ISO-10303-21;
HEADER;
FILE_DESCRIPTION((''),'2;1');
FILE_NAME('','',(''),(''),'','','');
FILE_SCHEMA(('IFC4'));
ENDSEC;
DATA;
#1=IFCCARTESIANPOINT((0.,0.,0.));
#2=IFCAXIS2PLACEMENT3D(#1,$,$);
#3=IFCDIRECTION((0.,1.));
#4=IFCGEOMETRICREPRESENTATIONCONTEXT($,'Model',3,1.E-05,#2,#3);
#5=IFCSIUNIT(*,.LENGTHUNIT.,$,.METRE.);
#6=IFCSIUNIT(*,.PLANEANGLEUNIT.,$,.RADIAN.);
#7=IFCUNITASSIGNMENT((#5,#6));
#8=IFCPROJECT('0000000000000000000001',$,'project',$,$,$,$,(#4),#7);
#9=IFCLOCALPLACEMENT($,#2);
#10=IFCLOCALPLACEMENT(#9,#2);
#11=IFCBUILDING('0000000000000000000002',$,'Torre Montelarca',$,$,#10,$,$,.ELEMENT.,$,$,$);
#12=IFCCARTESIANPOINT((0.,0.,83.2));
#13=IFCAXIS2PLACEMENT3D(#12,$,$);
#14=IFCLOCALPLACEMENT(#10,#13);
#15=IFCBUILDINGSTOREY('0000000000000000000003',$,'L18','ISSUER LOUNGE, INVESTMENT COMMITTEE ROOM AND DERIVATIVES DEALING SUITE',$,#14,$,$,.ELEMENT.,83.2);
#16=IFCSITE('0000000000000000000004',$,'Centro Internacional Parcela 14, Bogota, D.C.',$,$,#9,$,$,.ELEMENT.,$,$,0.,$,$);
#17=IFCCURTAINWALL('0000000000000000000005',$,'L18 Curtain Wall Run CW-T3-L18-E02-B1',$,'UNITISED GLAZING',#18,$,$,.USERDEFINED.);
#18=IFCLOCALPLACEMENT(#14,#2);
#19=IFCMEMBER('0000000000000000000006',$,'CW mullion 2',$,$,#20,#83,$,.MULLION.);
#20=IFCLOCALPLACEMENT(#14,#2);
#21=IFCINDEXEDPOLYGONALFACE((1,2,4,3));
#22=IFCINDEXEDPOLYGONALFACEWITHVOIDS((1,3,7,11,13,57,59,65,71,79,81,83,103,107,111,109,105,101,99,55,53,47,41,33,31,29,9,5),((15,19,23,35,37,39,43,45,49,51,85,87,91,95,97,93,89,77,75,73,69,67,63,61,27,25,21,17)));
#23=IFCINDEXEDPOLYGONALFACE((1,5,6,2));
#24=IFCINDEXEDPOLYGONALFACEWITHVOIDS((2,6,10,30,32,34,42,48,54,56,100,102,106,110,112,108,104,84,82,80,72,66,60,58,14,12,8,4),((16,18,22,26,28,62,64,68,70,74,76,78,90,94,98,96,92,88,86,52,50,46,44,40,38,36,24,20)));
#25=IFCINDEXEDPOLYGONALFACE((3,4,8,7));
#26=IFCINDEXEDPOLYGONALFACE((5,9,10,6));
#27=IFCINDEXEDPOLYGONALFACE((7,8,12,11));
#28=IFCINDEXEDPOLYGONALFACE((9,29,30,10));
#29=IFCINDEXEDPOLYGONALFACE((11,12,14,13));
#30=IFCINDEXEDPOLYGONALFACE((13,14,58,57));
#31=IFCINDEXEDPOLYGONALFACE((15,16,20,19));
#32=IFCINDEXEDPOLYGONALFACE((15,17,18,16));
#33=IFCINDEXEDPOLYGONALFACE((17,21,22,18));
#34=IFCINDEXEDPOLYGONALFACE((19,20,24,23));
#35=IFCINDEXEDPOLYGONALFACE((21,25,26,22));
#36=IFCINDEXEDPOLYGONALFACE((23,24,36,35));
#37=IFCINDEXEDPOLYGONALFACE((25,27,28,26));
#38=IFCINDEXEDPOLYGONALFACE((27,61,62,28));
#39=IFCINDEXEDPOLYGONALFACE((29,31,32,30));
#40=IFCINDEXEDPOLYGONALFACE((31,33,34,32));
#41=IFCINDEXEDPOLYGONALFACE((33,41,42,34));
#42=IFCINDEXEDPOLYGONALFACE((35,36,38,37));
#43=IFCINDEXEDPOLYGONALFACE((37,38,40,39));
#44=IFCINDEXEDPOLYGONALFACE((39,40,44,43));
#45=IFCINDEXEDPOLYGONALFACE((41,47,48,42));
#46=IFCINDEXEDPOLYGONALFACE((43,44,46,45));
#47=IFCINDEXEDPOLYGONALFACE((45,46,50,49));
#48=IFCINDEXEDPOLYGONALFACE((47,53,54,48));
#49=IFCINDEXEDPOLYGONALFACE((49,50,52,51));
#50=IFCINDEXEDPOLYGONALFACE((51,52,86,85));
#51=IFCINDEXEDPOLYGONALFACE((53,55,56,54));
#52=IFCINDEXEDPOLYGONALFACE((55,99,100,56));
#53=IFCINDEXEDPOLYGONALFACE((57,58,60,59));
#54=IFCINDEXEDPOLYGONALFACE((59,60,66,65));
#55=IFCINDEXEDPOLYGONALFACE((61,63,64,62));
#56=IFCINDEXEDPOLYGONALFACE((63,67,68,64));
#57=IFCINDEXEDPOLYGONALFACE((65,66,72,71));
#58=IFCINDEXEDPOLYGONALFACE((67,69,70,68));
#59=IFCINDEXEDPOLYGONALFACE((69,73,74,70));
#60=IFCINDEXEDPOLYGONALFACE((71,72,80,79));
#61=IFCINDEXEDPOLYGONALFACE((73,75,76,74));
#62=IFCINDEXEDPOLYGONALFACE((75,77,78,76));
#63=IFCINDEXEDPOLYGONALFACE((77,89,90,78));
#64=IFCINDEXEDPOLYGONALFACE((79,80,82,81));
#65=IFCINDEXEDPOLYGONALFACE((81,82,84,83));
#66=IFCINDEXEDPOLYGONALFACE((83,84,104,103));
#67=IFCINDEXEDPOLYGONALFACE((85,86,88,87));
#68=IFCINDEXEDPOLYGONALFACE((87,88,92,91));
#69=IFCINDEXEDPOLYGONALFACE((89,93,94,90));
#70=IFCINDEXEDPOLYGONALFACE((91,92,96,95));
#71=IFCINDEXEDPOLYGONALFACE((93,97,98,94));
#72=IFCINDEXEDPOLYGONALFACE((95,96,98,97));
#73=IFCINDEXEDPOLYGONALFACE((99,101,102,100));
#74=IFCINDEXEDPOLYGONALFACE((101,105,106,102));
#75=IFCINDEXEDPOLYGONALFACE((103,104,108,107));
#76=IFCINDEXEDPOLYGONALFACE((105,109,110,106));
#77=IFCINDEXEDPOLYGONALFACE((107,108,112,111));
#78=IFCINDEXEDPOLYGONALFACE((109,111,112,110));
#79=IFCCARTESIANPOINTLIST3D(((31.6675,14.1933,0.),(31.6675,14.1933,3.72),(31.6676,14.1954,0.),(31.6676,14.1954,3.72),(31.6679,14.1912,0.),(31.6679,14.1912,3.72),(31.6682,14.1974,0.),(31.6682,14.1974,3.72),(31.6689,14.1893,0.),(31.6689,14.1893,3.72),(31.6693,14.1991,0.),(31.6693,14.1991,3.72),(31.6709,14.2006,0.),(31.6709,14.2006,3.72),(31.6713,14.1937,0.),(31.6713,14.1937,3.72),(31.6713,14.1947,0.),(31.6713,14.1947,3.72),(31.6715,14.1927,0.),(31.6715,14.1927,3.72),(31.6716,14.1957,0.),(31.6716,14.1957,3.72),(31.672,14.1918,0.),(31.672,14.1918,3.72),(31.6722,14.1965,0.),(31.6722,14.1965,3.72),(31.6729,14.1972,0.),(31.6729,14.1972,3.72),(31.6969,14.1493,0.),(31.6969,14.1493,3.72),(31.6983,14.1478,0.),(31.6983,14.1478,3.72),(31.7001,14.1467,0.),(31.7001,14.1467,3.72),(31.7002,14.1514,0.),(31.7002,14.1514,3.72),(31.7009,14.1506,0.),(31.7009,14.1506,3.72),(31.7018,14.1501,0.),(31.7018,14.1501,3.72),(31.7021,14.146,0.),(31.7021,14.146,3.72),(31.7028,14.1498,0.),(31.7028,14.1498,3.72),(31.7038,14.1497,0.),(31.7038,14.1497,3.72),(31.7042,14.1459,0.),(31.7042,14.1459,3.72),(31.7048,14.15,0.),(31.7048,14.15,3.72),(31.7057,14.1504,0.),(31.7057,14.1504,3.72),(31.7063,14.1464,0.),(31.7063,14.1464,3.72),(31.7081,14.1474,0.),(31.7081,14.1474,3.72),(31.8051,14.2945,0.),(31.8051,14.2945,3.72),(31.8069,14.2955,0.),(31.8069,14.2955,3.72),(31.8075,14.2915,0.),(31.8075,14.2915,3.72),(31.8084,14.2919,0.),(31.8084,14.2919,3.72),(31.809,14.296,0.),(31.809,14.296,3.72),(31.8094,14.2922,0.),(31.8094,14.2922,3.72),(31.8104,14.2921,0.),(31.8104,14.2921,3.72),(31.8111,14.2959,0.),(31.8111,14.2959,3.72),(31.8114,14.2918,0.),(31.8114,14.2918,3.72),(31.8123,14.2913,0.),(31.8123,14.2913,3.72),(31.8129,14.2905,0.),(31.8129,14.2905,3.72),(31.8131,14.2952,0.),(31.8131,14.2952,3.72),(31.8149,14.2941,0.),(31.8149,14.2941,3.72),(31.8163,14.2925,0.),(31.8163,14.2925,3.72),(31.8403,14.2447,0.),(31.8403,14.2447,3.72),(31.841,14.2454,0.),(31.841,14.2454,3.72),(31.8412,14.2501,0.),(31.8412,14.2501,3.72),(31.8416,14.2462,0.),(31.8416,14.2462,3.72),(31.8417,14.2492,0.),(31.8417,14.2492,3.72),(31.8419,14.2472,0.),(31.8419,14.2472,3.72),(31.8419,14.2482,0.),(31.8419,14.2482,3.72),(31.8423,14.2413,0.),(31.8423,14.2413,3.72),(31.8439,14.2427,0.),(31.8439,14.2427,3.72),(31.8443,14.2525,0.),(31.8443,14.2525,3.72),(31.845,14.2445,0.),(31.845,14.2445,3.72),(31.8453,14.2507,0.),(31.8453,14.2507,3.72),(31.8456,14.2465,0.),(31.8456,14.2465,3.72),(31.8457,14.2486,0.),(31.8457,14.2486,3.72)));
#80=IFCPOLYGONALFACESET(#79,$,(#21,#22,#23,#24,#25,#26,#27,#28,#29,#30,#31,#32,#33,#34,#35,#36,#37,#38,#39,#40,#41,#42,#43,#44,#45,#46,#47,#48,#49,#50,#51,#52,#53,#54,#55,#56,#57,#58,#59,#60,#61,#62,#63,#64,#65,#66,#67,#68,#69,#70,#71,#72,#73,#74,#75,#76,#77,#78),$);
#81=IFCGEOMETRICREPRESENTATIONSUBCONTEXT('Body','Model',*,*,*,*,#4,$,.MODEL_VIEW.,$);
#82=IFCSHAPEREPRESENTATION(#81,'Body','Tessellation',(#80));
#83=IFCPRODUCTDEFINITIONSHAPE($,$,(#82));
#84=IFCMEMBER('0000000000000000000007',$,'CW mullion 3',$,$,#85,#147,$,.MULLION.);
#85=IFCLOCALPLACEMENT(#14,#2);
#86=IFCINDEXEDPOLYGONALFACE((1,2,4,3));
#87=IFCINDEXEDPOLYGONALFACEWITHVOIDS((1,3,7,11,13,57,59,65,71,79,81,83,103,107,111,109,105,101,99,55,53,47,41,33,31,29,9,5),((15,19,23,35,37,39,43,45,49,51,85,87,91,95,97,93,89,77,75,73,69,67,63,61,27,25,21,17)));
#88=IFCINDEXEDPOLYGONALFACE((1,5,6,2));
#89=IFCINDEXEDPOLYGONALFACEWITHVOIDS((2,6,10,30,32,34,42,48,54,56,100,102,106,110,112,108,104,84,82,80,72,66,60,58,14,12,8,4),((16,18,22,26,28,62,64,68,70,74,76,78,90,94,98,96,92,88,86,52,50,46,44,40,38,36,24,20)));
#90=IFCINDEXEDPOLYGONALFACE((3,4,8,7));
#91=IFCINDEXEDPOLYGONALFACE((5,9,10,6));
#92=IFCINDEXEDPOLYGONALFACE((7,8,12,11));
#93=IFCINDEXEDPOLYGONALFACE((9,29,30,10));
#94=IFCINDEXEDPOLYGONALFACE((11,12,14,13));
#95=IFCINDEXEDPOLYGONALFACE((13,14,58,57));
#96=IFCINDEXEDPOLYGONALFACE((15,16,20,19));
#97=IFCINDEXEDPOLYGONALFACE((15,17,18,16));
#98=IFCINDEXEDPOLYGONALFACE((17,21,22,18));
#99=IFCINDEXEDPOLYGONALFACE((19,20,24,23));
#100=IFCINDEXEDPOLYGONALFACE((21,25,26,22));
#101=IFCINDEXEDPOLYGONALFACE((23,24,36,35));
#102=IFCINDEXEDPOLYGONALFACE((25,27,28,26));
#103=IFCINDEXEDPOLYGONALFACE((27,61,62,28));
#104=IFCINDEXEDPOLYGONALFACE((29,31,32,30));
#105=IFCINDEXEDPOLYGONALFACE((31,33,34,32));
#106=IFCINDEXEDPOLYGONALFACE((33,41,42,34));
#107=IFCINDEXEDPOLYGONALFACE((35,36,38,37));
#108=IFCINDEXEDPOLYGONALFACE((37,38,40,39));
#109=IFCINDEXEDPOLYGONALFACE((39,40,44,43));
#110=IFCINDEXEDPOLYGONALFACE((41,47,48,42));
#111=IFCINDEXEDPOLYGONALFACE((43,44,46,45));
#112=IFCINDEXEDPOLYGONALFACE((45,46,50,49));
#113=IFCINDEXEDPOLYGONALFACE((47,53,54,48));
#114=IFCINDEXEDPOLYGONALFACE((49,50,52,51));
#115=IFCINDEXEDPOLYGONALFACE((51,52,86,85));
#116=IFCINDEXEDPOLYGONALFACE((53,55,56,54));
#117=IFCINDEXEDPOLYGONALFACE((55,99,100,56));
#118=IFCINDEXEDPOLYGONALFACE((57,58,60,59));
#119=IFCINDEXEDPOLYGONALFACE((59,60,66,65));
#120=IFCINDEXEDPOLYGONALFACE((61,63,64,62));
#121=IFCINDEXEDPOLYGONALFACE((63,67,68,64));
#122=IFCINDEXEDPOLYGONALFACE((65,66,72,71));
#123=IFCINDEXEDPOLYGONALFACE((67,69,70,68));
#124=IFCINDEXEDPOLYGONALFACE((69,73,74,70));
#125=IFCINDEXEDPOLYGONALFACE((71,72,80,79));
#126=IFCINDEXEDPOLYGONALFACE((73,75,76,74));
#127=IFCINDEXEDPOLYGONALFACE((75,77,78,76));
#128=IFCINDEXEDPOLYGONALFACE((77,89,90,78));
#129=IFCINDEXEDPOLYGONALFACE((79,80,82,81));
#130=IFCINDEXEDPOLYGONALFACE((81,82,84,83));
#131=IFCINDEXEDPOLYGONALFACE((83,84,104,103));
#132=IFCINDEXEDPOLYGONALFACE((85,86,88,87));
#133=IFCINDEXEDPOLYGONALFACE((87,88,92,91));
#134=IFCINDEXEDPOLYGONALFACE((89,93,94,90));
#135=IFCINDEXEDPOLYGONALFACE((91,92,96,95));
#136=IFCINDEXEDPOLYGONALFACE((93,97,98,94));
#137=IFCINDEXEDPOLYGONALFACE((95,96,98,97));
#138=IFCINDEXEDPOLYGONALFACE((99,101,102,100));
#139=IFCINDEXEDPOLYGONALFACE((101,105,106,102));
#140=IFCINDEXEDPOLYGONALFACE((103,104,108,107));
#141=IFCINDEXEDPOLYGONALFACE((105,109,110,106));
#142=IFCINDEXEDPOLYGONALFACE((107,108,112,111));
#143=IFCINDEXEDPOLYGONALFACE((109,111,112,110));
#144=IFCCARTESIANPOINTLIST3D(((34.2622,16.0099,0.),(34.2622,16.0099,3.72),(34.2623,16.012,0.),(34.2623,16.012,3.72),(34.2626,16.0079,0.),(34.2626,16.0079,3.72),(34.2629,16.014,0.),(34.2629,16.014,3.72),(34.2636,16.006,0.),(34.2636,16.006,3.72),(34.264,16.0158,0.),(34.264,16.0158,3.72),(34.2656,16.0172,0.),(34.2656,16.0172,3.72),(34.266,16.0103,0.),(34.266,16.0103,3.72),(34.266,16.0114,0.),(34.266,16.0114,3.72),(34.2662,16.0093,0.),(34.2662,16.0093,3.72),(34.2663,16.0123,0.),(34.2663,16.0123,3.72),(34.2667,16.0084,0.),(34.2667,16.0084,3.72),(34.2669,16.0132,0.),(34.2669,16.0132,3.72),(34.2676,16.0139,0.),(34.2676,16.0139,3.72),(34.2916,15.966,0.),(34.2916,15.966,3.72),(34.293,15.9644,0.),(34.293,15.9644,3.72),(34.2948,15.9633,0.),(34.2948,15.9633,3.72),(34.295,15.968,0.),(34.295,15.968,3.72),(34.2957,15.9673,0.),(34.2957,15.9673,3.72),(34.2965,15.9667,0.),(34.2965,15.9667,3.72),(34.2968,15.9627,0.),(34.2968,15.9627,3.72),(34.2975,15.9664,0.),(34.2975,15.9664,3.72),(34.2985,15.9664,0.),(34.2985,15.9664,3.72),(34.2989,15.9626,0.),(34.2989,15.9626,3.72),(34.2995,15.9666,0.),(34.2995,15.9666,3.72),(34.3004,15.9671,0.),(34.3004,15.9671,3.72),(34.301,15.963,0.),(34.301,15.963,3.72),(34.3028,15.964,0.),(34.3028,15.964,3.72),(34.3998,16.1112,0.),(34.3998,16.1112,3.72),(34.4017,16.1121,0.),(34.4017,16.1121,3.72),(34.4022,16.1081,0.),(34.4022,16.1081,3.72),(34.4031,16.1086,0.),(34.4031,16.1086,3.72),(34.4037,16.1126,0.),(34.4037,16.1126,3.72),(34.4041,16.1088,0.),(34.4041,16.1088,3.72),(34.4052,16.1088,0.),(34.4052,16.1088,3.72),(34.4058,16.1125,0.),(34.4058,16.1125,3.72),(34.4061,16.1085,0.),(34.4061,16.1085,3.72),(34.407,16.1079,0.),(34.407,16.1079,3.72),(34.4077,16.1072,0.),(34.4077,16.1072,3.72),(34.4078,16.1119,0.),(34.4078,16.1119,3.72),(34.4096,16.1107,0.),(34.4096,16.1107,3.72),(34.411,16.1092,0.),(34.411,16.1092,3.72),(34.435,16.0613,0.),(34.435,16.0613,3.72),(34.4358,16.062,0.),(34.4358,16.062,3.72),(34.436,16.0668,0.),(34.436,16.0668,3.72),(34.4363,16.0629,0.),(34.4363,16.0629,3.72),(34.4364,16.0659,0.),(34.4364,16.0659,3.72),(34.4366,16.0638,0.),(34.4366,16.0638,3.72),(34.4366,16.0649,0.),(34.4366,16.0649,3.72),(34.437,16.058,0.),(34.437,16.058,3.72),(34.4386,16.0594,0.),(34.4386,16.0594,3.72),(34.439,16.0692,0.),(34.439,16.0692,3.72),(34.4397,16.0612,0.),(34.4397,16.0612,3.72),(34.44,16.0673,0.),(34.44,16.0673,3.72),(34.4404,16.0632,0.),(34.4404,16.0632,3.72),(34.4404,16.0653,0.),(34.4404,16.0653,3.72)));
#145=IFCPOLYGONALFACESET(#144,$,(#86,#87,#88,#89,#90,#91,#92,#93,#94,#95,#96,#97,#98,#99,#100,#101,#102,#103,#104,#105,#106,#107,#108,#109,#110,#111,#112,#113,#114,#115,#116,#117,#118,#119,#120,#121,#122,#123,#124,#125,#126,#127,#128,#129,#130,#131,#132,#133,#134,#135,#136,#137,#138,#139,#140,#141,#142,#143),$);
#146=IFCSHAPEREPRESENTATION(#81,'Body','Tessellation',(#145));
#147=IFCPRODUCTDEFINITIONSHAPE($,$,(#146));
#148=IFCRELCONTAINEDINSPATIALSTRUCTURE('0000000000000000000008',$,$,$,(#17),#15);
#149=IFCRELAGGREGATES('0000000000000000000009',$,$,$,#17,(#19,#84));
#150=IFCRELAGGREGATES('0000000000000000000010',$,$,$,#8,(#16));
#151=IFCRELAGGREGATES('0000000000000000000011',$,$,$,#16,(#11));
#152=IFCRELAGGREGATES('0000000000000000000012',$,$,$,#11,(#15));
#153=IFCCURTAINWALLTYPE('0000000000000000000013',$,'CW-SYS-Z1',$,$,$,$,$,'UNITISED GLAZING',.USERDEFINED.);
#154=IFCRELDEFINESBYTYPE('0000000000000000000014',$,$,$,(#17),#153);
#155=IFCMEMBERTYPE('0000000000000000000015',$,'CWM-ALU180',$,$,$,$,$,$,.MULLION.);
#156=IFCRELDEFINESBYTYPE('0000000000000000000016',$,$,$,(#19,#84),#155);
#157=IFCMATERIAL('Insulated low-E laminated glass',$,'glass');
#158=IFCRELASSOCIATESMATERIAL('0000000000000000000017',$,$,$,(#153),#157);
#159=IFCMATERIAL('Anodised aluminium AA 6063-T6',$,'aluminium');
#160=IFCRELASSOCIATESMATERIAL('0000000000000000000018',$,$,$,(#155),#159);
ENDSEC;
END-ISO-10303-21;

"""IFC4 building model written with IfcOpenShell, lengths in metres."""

from ifc_helpers import new_model, si_unit, direction, frame, origin, origin_2d, place, context, subcontext, project, spatial, hollow_rectangle, extrude, source, transform, mapped, material, material_profile, profile_set, type_object, element, aggregate, save


model = new_model("IFC4")

# Units and contexts
model_context = context("Model", 3, precision=1e-05, world=origin(), true_north=direction((0.0, 1.0)))
body_context = subcontext(model_context, "Body", "Model", "MODEL_VIEW")
ifc_project = project(units=[si_unit("LENGTHUNIT", "METRE"), si_unit("PLANEANGLEUNIT", "RADIAN")], contexts=[model_context])

# Site, building, storey
site_placement = place(None, origin())
site = spatial("IfcSite", under=ifc_project, at=site_placement, Name="Centro Internacional Parcela 14, Bogota, D.C.", CompositionType="ELEMENT", RefElevation=0.0)
building_placement = place(site_placement, origin())
building = spatial("IfcBuilding", under=site, at=building_placement, Name="Torre Montelarca", CompositionType="ELEMENT")
storey_placement = place(building_placement, frame((0.0, 0.0, 83.2)))
storey = spatial("IfcBuildingStorey", under=building, at=storey_placement, Name="L18", Description="ISSUER LOUNGE, INVESTMENT COMMITTEE ROOM AND DERIVATIVES DEALING SUITE", CompositionType="ELEMENT", Elevation=83.2)

# Curtain wall
ifc_material_1 = material(Name="Insulated low-E laminated glass", Category="glass")
curtain_wall_type = type_object("IfcCurtainWallType", Name="CW-SYS-Z1", ElementType="UNITISED GLAZING", PredefinedType="USERDEFINED", material=ifc_material_1)
ifc_material_2 = material(Name="Anodised aluminium AA 6063-T6", Category="aluminium")
curtain_wall_1_placement = place(storey_placement, origin())
curtain_wall_1 = element("IfcCurtainWall", 1, at=curtain_wall_1_placement, inside=storey, type_object=curtain_wall_type, Name="L18 Curtain Wall Run CW-T3-L18-E02-B1", ObjectType="UNITISED GLAZING", PredefinedType="USERDEFINED")

# Members
ifc_material_profile_1 = material_profile(ifc_material_2, hollow_rectangle(XDim=0.0649, YDim=0.1799, WallThickness=0.0039, InnerFilletRadius=0.0039, OuterFilletRadius=0.0081, at=origin_2d()), Name="ALU65X180X4", Category="aluminium")
ifc_profile_set_1 = profile_set([ifc_material_profile_1], Name="Anodised aluminium AA 6063-T6")
member_type_1 = type_object("IfcMemberType", Name="CWM-ALU180", PredefinedType="MULLION", material=ifc_profile_set_1)
shared_shape_1 = source(origin(), body_context, "Body", "SweptSolid", [
    extrude(hollow_rectangle(XDim=0.0649, YDim=0.1799, WallThickness=0.0039, InnerFilletRadius=0.0039, OuterFilletRadius=0.0081, at=origin_2d()), origin(), (0.0, 0.0, 1.0), 3.72),
])
member_1_placement = place(storey_placement, frame((31.7566, 14.2209, 0.0), z_axis=(0.0, 0.0, 1.0), x_axis=(-0.573561, 0.819163, 0.0)))
member_1 = element("IfcMember", 2, at=member_1_placement, type_object=member_type_1, Name="CW mullion 2", PredefinedType="MULLION", context=body_context, shape_type="MappedRepresentation", body=[
    mapped(shared_shape_1, transform((0.0, 0.0, 0.0), scale=1.0)),
])
member_2_placement = place(storey_placement, frame((34.3513, 16.0376, 0.0), z_axis=(0.0, 0.0, 1.0), x_axis=(-0.573561, 0.819163, 0.0)))
member_2 = element("IfcMember", 3, at=member_2_placement, type_object=member_type_1, Name="CW mullion 3", PredefinedType="MULLION", context=body_context, shape_type="MappedRepresentation", body=[
    mapped(shared_shape_1, transform((0.0, 0.0, 0.0), scale=1.0)),
])

aggregate(curtain_wall_1, [member_1, member_2])

save(model, "model.ifc")
